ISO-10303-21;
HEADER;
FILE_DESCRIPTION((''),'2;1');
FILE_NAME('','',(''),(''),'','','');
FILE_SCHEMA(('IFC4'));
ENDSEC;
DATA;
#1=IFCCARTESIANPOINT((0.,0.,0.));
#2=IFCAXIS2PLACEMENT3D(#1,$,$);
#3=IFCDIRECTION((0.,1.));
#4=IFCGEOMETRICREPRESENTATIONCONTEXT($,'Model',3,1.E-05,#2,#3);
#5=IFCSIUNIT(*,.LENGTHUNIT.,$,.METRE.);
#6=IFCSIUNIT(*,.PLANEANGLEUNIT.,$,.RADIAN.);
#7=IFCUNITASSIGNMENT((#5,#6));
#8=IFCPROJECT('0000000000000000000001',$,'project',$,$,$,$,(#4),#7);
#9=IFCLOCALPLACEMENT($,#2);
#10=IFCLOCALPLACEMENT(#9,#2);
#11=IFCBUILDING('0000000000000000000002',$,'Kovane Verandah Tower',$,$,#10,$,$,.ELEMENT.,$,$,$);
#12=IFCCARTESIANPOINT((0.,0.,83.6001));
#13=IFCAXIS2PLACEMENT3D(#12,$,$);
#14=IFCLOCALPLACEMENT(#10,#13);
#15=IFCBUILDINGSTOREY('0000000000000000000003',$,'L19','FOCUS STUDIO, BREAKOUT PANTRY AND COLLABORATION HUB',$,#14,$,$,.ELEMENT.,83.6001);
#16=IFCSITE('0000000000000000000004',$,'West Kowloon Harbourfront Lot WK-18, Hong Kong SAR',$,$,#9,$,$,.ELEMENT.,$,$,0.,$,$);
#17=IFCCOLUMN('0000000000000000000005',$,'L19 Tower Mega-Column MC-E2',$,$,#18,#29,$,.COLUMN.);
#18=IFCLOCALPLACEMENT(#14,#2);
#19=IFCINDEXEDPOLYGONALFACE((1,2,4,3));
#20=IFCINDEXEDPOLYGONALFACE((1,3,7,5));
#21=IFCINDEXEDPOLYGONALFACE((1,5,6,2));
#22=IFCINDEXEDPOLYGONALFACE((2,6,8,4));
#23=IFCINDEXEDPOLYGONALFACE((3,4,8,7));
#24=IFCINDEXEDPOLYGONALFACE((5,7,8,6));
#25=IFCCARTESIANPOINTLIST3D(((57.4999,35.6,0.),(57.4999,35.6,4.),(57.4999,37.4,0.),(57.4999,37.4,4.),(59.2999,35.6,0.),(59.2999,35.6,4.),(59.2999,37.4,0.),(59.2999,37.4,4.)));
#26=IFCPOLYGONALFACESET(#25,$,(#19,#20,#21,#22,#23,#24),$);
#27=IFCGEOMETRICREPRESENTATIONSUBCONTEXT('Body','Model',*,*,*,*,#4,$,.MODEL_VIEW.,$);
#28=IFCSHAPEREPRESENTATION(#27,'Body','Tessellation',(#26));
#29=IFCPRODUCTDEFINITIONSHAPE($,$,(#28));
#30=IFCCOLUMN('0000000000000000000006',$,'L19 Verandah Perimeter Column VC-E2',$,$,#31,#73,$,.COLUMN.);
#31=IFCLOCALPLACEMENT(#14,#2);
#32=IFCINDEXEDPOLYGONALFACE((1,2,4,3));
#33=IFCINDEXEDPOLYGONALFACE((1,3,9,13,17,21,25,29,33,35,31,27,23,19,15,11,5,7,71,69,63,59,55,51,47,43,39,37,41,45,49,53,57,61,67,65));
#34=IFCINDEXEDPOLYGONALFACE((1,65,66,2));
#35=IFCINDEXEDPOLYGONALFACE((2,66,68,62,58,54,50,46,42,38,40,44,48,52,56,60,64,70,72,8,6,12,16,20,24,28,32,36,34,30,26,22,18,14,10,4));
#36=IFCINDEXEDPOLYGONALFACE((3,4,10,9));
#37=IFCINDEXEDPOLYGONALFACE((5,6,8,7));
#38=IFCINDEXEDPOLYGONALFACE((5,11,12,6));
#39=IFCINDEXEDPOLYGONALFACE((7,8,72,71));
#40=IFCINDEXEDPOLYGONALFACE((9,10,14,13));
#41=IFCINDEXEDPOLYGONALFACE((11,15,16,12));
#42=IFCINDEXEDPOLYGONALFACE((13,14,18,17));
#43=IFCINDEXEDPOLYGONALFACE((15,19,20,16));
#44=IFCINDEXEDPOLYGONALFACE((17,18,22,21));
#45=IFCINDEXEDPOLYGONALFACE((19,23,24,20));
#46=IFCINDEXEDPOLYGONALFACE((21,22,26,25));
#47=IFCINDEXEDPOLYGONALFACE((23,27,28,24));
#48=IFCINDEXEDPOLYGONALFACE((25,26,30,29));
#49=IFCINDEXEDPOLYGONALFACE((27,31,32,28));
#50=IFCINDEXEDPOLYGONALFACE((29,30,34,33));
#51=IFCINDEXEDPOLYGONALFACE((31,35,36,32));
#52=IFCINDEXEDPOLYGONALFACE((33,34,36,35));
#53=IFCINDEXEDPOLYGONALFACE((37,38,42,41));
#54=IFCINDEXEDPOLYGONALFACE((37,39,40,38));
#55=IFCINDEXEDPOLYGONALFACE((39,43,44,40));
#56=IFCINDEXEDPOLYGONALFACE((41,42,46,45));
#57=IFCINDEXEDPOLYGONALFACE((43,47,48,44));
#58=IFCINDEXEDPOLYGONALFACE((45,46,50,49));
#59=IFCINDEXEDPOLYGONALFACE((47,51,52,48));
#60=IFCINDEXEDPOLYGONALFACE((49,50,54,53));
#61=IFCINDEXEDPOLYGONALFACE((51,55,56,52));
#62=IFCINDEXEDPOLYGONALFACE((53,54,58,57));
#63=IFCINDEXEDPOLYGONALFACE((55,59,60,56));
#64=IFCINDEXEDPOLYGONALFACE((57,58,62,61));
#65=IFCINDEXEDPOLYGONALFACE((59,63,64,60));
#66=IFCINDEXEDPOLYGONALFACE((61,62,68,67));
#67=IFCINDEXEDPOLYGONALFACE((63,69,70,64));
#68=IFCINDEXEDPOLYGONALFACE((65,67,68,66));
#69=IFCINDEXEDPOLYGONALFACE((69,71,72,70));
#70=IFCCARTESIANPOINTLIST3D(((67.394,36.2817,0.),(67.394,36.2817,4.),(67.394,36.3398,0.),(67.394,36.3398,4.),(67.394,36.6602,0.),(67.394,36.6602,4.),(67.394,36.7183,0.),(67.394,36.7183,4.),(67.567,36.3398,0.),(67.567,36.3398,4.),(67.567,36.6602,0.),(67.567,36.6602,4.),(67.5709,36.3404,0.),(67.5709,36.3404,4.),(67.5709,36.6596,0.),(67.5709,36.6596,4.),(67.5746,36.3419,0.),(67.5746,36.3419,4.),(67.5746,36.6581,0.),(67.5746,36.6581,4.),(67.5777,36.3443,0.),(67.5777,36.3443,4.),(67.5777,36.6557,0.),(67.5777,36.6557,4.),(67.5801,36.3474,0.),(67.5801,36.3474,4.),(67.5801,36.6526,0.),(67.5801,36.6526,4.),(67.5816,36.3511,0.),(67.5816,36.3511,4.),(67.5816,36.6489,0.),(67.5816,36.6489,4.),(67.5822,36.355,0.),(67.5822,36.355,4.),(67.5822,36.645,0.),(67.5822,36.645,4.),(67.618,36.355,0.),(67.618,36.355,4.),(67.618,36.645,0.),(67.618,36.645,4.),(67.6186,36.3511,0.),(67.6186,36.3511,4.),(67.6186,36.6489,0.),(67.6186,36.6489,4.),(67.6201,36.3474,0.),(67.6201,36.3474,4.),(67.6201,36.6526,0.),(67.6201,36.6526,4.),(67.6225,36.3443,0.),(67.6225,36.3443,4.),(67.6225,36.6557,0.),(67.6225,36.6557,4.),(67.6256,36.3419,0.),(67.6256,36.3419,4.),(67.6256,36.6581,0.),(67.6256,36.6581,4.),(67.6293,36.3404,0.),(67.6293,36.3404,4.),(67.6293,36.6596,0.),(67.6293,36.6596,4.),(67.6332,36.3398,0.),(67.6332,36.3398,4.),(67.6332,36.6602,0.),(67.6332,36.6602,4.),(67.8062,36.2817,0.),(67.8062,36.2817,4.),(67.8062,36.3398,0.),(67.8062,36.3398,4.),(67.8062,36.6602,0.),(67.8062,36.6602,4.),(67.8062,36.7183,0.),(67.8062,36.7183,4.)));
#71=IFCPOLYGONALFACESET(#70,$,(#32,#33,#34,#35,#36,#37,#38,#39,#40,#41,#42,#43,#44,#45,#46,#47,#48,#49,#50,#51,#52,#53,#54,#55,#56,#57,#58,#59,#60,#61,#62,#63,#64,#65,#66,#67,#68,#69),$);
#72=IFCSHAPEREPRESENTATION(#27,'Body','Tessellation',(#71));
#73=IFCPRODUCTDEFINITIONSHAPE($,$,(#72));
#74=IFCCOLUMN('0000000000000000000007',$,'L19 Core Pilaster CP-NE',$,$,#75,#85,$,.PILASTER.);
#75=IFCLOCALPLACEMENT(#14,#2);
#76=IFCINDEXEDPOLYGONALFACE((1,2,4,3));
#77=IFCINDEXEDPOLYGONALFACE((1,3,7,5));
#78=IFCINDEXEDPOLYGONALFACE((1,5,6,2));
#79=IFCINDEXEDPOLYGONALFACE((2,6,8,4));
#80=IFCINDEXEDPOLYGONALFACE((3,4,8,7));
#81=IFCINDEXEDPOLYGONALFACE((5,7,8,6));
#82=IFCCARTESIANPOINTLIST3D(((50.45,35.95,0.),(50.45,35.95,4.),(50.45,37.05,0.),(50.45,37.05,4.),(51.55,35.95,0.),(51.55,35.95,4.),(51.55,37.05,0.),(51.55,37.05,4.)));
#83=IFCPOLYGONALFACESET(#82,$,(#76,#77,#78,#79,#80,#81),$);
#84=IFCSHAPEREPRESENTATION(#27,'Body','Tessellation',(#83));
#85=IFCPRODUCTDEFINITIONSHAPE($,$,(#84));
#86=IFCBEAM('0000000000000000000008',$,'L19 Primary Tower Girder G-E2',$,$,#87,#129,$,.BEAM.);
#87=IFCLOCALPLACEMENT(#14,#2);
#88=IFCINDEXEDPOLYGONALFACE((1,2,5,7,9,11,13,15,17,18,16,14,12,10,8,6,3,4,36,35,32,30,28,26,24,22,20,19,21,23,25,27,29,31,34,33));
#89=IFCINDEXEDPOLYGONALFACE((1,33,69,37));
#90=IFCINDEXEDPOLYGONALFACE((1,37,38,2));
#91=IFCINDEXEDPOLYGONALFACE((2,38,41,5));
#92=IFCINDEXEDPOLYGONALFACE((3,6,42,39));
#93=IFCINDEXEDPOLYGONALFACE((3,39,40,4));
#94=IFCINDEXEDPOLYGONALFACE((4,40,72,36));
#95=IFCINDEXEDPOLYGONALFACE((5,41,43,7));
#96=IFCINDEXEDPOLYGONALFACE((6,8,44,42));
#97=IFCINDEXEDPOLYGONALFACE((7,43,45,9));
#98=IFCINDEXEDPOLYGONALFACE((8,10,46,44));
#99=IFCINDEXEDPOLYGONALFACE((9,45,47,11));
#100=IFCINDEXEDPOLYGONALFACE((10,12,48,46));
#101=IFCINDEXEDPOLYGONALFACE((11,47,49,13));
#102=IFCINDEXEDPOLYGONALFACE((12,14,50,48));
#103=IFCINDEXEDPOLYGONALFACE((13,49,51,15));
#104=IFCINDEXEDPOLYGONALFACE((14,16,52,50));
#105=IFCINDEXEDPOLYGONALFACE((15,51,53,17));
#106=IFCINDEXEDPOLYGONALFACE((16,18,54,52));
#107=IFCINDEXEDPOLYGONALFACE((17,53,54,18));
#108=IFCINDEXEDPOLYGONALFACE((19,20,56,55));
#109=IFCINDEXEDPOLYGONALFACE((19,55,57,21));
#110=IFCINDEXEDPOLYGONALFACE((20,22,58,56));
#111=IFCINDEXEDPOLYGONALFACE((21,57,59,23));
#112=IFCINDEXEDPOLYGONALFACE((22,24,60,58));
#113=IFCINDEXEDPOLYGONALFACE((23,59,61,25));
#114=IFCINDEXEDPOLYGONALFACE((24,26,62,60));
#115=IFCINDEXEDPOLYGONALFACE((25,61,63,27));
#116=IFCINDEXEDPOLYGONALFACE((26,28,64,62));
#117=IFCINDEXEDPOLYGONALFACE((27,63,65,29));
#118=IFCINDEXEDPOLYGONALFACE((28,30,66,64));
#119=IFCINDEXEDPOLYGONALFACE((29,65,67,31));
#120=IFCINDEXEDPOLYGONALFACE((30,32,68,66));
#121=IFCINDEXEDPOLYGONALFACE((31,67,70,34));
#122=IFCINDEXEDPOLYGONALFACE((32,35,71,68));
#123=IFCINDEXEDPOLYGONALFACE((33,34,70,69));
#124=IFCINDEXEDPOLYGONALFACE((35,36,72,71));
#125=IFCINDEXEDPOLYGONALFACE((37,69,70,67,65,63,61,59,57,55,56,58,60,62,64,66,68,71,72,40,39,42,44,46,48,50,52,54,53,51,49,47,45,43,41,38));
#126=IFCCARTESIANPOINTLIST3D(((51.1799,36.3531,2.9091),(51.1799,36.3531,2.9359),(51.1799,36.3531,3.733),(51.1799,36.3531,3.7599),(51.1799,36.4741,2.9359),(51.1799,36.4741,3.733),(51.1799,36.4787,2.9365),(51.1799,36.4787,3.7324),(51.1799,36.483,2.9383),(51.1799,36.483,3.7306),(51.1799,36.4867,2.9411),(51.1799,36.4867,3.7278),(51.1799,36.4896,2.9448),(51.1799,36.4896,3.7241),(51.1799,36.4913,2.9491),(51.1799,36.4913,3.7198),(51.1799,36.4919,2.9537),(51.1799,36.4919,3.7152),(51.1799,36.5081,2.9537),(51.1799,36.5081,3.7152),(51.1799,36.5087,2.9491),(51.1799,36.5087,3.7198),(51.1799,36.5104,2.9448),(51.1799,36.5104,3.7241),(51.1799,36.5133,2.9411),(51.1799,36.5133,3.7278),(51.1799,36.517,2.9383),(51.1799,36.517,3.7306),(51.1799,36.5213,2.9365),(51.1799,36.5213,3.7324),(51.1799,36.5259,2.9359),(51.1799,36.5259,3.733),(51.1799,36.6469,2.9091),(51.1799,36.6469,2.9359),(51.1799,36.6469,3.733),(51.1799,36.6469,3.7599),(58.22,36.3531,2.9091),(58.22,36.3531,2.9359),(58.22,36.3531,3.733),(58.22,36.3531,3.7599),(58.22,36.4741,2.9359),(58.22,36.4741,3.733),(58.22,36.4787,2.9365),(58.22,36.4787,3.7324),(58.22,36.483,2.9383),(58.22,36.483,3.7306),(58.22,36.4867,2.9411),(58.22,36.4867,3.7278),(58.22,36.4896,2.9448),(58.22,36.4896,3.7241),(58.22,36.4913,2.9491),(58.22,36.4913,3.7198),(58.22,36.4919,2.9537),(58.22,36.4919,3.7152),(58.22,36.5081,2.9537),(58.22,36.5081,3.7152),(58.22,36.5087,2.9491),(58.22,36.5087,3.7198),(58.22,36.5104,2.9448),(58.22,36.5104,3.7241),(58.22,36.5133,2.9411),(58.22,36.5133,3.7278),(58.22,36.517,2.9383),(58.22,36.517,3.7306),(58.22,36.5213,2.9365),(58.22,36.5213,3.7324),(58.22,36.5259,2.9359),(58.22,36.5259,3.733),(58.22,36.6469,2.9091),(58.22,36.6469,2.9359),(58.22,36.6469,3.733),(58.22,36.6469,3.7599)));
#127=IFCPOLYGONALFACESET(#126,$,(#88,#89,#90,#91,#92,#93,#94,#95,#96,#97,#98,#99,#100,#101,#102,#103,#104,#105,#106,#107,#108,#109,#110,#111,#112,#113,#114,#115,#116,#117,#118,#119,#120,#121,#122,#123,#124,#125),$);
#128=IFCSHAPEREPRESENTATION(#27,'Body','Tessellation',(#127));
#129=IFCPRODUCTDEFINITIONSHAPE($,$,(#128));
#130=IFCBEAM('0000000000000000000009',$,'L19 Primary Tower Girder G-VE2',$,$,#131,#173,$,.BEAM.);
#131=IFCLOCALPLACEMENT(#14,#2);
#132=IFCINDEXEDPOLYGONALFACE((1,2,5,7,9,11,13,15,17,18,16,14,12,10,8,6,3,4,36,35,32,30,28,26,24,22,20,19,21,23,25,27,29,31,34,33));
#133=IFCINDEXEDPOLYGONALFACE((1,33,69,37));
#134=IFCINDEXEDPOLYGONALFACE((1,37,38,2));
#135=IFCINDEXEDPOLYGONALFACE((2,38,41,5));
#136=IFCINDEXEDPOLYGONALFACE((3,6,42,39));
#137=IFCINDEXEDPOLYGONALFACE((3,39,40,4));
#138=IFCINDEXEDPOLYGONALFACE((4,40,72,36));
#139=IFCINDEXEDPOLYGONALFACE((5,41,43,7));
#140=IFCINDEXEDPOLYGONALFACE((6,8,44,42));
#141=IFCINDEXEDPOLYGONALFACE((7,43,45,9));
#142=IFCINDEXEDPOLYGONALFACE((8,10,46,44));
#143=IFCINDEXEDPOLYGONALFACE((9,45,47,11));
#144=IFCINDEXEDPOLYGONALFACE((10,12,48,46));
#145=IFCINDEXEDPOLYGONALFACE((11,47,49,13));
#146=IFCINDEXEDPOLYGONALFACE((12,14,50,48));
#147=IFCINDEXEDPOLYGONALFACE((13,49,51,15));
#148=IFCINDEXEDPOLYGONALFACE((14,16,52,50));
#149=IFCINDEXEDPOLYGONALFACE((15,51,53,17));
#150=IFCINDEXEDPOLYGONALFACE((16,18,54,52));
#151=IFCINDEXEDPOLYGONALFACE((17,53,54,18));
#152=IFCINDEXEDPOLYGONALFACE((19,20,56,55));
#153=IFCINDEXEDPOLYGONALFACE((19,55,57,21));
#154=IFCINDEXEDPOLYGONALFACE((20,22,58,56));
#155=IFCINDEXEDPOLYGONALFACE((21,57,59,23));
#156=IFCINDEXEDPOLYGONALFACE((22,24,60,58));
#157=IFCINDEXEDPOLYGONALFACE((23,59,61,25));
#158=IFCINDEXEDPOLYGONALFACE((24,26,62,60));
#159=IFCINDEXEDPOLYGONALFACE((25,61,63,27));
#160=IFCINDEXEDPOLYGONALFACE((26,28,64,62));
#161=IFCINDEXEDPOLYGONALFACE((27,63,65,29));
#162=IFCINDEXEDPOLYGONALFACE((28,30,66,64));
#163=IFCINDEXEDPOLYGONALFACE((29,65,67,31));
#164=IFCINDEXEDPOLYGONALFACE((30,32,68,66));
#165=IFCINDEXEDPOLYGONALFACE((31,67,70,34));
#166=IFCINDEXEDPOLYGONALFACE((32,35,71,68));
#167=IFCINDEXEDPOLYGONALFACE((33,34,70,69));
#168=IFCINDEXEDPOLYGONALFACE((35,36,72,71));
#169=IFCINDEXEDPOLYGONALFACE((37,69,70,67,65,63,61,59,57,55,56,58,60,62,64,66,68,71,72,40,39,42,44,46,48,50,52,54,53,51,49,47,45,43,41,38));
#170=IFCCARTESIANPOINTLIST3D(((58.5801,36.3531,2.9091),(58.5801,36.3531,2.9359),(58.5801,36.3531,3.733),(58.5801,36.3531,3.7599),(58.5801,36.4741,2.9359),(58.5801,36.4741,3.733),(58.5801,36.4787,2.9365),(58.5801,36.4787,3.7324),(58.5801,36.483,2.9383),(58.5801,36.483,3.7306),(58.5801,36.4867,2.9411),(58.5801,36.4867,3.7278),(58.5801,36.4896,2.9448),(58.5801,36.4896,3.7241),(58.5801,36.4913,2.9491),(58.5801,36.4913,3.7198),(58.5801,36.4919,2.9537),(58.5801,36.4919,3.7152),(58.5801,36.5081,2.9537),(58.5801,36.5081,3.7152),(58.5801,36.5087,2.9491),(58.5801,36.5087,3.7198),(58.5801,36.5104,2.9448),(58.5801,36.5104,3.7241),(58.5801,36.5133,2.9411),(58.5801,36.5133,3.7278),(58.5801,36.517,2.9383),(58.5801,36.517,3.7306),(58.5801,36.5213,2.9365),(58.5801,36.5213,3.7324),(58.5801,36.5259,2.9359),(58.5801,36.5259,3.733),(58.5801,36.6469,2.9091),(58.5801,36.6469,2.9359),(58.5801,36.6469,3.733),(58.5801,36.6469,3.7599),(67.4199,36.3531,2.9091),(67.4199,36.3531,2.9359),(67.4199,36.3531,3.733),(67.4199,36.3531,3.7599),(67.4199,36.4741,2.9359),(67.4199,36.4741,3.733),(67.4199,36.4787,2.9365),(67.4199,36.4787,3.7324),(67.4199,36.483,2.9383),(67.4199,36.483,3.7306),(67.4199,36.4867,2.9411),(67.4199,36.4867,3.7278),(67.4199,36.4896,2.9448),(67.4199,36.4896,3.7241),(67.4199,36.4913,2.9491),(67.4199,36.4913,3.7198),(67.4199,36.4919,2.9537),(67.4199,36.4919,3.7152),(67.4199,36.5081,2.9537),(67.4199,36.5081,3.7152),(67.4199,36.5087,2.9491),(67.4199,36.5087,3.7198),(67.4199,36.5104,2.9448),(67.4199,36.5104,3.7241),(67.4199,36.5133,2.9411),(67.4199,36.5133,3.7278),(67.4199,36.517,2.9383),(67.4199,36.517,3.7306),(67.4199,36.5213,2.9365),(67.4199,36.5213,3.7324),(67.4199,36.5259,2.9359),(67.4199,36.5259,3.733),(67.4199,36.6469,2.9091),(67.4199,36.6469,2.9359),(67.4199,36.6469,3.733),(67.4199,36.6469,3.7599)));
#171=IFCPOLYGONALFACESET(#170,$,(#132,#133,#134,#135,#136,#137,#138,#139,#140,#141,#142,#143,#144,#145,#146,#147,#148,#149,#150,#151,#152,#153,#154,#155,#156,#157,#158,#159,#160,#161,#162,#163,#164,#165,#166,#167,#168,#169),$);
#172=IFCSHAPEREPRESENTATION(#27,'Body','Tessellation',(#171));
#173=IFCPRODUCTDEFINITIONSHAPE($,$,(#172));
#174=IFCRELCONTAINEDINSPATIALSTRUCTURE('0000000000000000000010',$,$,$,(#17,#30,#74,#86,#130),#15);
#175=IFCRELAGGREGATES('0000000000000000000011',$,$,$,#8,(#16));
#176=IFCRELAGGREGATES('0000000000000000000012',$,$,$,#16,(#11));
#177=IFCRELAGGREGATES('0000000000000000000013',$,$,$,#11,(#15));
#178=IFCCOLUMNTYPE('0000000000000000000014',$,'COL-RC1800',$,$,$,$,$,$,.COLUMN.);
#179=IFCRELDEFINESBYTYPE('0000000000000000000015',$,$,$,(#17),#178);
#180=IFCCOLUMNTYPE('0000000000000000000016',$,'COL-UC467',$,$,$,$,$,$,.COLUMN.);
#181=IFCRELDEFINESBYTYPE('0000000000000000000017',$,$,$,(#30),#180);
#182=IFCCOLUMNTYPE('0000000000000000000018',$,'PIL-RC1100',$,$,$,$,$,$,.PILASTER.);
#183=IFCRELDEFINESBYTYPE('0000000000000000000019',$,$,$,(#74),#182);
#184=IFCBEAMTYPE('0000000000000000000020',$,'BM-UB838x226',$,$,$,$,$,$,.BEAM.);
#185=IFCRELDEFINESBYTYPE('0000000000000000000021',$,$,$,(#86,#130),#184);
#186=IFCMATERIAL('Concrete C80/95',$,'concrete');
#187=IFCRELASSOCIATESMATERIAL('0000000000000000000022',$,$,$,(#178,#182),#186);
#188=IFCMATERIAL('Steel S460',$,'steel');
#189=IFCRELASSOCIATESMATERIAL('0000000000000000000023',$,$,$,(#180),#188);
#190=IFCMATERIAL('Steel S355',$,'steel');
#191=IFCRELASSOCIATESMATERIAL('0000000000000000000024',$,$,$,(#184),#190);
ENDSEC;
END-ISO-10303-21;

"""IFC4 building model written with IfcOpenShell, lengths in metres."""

from ifc_helpers import new_model, si_unit, direction, frame, origin, origin_2d, place, context, subcontext, project, spatial, rectangle, i_section, extrude, material, material_profile, profile_set, type_object, element, save


model = new_model("IFC4")

# Units and contexts
model_context = context("Model", 3, precision=1e-05, world=origin(), true_north=direction((0.0, 1.0)))
body_context = subcontext(model_context, "Body", "Model", "MODEL_VIEW")
ifc_project = project(units=[si_unit("LENGTHUNIT", "METRE"), si_unit("PLANEANGLEUNIT", "RADIAN")], contexts=[model_context])

# Site, building, storey
site_placement = place(None, origin())
site = spatial("IfcSite", under=ifc_project, at=site_placement, Name="West Kowloon Harbourfront Lot WK-18, Hong Kong SAR", CompositionType="ELEMENT", RefElevation=0.0)
building_placement = place(site_placement, origin())
building = spatial("IfcBuilding", under=site, at=building_placement, Name="Kovane Verandah Tower", CompositionType="ELEMENT")
storey_placement = place(building_placement, frame((0.0, 0.0, 83.6001)))
storey = spatial("IfcBuildingStorey", under=building, at=storey_placement, Name="L19", Description="FOCUS STUDIO, BREAKOUT PANTRY AND COLLABORATION HUB", CompositionType="ELEMENT", Elevation=83.6001)

# Columns
ifc_material_1 = material(Name="Concrete C80/95", Category="concrete")
ifc_material_profile_1 = material_profile(ifc_material_1, rectangle(XDim=1.8, YDim=1.8, at=origin_2d()), Name="RC1800x1800")
ifc_profile_set_1 = profile_set([ifc_material_profile_1], Name="Concrete C80/95")
column_type_1 = type_object("IfcColumnType", Name="COL-RC1800", PredefinedType="COLUMN", material=ifc_profile_set_1)
column_1_placement = place(storey_placement, frame((58.3999, 36.5, 0.0), z_axis=(0.0, 0.0, 1.0), x_axis=(1.0, 0.0, 0.0)))
element("IfcColumn", 1, at=column_1_placement, inside=storey, type_object=column_type_1, Name="L19 Tower Mega-Column MC-E2", PredefinedType="COLUMN", context=body_context, shape_type="SweptSolid", body=[
    extrude(rectangle(XDim=1.8, YDim=1.8, at=origin_2d()), origin(), (0.0, 0.0, 1.0), 4.0),
])
ifc_material_2 = material(Name="Steel S460", Category="steel")
ifc_material_profile_2 = material_profile(ifc_material_2, i_section(OverallWidth=0.4121, OverallDepth=0.4365, WebThickness=0.0359, FlangeThickness=0.0581, FilletRadius=0.0151, at=origin_2d()), Name="UC356x406x467")
ifc_profile_set_2 = profile_set([ifc_material_profile_2], Name="Steel S460")
column_type_2 = type_object("IfcColumnType", Name="COL-UC467", PredefinedType="COLUMN", material=ifc_profile_set_2)
column_2_placement = place(storey_placement, frame((67.6001, 36.5, 0.0), z_axis=(0.0, 0.0, 1.0), x_axis=(1.0, 0.0, 0.0)))
element("IfcColumn", 2, at=column_2_placement, inside=storey, type_object=column_type_2, Name="L19 Verandah Perimeter Column VC-E2", PredefinedType="COLUMN", context=body_context, shape_type="SweptSolid", body=[
    extrude(i_section(OverallWidth=0.4121, OverallDepth=0.4365, WebThickness=0.0359, FlangeThickness=0.0581, FilletRadius=0.0151, at=origin_2d()), origin(), (0.0, 0.0, 1.0), 4.0),
])
ifc_material_profile_3 = material_profile(ifc_material_1, rectangle(XDim=1.1001, YDim=1.1001, at=origin_2d()), Name="RC1100x1100")
ifc_profile_set_3 = profile_set([ifc_material_profile_3], Name="Concrete C80/95")
column_type_3 = type_object("IfcColumnType", Name="PIL-RC1100", PredefinedType="PILASTER", material=ifc_profile_set_3)
column_3_placement = place(storey_placement, frame((51.0, 36.5, 0.0), z_axis=(0.0, 0.0, 1.0), x_axis=(1.0, 0.0, 0.0)))
element("IfcColumn", 3, at=column_3_placement, inside=storey, type_object=column_type_3, Name="L19 Core Pilaster CP-NE", PredefinedType="PILASTER", context=body_context, shape_type="SweptSolid", body=[
    extrude(rectangle(XDim=1.1001, YDim=1.1001, at=origin_2d()), origin(), (0.0, 0.0, 1.0), 4.0),
])

# Beams
ifc_material_3 = material(Name="Steel S355", Category="steel")
ifc_material_profile_4 = material_profile(ifc_material_3, i_section(OverallWidth=0.2937, OverallDepth=0.8508, WebThickness=0.0161, FlangeThickness=0.0269, FilletRadius=0.0178, at=origin_2d()), Name="UB838x292x226")
ifc_profile_set_4 = profile_set([ifc_material_profile_4], Name="Steel S355")
beam_type = type_object("IfcBeamType", Name="BM-UB838x226", PredefinedType="BEAM", material=ifc_profile_set_4)
beam_1_placement = place(storey_placement, frame((51.1799, 36.5, 3.3345), z_axis=(1.0, 0.0, 0.0), x_axis=(0.0, 1.0, 0.0)))
element("IfcBeam", 4, at=beam_1_placement, inside=storey, type_object=beam_type, Name="L19 Primary Tower Girder G-E2", PredefinedType="BEAM", context=body_context, shape_type="SweptSolid", body=[
    extrude(i_section(OverallWidth=0.2937, OverallDepth=0.8508, WebThickness=0.0161, FlangeThickness=0.0269, FilletRadius=0.0178, at=origin_2d()), origin(), (0.0, 0.0, 1.0), 7.04),
])
beam_2_placement = place(storey_placement, frame((58.5801, 36.5, 3.3345), z_axis=(1.0, 0.0, 0.0), x_axis=(0.0, 1.0, 0.0)))
element("IfcBeam", 5, at=beam_2_placement, inside=storey, type_object=beam_type, Name="L19 Primary Tower Girder G-VE2", PredefinedType="BEAM", context=body_context, shape_type="SweptSolid", body=[
    extrude(i_section(OverallWidth=0.2937, OverallDepth=0.8508, WebThickness=0.0161, FlangeThickness=0.0269, FilletRadius=0.0178, at=origin_2d()), origin(), (0.0, 0.0, 1.0), 8.8398),
])

save(model, "model.ifc")
